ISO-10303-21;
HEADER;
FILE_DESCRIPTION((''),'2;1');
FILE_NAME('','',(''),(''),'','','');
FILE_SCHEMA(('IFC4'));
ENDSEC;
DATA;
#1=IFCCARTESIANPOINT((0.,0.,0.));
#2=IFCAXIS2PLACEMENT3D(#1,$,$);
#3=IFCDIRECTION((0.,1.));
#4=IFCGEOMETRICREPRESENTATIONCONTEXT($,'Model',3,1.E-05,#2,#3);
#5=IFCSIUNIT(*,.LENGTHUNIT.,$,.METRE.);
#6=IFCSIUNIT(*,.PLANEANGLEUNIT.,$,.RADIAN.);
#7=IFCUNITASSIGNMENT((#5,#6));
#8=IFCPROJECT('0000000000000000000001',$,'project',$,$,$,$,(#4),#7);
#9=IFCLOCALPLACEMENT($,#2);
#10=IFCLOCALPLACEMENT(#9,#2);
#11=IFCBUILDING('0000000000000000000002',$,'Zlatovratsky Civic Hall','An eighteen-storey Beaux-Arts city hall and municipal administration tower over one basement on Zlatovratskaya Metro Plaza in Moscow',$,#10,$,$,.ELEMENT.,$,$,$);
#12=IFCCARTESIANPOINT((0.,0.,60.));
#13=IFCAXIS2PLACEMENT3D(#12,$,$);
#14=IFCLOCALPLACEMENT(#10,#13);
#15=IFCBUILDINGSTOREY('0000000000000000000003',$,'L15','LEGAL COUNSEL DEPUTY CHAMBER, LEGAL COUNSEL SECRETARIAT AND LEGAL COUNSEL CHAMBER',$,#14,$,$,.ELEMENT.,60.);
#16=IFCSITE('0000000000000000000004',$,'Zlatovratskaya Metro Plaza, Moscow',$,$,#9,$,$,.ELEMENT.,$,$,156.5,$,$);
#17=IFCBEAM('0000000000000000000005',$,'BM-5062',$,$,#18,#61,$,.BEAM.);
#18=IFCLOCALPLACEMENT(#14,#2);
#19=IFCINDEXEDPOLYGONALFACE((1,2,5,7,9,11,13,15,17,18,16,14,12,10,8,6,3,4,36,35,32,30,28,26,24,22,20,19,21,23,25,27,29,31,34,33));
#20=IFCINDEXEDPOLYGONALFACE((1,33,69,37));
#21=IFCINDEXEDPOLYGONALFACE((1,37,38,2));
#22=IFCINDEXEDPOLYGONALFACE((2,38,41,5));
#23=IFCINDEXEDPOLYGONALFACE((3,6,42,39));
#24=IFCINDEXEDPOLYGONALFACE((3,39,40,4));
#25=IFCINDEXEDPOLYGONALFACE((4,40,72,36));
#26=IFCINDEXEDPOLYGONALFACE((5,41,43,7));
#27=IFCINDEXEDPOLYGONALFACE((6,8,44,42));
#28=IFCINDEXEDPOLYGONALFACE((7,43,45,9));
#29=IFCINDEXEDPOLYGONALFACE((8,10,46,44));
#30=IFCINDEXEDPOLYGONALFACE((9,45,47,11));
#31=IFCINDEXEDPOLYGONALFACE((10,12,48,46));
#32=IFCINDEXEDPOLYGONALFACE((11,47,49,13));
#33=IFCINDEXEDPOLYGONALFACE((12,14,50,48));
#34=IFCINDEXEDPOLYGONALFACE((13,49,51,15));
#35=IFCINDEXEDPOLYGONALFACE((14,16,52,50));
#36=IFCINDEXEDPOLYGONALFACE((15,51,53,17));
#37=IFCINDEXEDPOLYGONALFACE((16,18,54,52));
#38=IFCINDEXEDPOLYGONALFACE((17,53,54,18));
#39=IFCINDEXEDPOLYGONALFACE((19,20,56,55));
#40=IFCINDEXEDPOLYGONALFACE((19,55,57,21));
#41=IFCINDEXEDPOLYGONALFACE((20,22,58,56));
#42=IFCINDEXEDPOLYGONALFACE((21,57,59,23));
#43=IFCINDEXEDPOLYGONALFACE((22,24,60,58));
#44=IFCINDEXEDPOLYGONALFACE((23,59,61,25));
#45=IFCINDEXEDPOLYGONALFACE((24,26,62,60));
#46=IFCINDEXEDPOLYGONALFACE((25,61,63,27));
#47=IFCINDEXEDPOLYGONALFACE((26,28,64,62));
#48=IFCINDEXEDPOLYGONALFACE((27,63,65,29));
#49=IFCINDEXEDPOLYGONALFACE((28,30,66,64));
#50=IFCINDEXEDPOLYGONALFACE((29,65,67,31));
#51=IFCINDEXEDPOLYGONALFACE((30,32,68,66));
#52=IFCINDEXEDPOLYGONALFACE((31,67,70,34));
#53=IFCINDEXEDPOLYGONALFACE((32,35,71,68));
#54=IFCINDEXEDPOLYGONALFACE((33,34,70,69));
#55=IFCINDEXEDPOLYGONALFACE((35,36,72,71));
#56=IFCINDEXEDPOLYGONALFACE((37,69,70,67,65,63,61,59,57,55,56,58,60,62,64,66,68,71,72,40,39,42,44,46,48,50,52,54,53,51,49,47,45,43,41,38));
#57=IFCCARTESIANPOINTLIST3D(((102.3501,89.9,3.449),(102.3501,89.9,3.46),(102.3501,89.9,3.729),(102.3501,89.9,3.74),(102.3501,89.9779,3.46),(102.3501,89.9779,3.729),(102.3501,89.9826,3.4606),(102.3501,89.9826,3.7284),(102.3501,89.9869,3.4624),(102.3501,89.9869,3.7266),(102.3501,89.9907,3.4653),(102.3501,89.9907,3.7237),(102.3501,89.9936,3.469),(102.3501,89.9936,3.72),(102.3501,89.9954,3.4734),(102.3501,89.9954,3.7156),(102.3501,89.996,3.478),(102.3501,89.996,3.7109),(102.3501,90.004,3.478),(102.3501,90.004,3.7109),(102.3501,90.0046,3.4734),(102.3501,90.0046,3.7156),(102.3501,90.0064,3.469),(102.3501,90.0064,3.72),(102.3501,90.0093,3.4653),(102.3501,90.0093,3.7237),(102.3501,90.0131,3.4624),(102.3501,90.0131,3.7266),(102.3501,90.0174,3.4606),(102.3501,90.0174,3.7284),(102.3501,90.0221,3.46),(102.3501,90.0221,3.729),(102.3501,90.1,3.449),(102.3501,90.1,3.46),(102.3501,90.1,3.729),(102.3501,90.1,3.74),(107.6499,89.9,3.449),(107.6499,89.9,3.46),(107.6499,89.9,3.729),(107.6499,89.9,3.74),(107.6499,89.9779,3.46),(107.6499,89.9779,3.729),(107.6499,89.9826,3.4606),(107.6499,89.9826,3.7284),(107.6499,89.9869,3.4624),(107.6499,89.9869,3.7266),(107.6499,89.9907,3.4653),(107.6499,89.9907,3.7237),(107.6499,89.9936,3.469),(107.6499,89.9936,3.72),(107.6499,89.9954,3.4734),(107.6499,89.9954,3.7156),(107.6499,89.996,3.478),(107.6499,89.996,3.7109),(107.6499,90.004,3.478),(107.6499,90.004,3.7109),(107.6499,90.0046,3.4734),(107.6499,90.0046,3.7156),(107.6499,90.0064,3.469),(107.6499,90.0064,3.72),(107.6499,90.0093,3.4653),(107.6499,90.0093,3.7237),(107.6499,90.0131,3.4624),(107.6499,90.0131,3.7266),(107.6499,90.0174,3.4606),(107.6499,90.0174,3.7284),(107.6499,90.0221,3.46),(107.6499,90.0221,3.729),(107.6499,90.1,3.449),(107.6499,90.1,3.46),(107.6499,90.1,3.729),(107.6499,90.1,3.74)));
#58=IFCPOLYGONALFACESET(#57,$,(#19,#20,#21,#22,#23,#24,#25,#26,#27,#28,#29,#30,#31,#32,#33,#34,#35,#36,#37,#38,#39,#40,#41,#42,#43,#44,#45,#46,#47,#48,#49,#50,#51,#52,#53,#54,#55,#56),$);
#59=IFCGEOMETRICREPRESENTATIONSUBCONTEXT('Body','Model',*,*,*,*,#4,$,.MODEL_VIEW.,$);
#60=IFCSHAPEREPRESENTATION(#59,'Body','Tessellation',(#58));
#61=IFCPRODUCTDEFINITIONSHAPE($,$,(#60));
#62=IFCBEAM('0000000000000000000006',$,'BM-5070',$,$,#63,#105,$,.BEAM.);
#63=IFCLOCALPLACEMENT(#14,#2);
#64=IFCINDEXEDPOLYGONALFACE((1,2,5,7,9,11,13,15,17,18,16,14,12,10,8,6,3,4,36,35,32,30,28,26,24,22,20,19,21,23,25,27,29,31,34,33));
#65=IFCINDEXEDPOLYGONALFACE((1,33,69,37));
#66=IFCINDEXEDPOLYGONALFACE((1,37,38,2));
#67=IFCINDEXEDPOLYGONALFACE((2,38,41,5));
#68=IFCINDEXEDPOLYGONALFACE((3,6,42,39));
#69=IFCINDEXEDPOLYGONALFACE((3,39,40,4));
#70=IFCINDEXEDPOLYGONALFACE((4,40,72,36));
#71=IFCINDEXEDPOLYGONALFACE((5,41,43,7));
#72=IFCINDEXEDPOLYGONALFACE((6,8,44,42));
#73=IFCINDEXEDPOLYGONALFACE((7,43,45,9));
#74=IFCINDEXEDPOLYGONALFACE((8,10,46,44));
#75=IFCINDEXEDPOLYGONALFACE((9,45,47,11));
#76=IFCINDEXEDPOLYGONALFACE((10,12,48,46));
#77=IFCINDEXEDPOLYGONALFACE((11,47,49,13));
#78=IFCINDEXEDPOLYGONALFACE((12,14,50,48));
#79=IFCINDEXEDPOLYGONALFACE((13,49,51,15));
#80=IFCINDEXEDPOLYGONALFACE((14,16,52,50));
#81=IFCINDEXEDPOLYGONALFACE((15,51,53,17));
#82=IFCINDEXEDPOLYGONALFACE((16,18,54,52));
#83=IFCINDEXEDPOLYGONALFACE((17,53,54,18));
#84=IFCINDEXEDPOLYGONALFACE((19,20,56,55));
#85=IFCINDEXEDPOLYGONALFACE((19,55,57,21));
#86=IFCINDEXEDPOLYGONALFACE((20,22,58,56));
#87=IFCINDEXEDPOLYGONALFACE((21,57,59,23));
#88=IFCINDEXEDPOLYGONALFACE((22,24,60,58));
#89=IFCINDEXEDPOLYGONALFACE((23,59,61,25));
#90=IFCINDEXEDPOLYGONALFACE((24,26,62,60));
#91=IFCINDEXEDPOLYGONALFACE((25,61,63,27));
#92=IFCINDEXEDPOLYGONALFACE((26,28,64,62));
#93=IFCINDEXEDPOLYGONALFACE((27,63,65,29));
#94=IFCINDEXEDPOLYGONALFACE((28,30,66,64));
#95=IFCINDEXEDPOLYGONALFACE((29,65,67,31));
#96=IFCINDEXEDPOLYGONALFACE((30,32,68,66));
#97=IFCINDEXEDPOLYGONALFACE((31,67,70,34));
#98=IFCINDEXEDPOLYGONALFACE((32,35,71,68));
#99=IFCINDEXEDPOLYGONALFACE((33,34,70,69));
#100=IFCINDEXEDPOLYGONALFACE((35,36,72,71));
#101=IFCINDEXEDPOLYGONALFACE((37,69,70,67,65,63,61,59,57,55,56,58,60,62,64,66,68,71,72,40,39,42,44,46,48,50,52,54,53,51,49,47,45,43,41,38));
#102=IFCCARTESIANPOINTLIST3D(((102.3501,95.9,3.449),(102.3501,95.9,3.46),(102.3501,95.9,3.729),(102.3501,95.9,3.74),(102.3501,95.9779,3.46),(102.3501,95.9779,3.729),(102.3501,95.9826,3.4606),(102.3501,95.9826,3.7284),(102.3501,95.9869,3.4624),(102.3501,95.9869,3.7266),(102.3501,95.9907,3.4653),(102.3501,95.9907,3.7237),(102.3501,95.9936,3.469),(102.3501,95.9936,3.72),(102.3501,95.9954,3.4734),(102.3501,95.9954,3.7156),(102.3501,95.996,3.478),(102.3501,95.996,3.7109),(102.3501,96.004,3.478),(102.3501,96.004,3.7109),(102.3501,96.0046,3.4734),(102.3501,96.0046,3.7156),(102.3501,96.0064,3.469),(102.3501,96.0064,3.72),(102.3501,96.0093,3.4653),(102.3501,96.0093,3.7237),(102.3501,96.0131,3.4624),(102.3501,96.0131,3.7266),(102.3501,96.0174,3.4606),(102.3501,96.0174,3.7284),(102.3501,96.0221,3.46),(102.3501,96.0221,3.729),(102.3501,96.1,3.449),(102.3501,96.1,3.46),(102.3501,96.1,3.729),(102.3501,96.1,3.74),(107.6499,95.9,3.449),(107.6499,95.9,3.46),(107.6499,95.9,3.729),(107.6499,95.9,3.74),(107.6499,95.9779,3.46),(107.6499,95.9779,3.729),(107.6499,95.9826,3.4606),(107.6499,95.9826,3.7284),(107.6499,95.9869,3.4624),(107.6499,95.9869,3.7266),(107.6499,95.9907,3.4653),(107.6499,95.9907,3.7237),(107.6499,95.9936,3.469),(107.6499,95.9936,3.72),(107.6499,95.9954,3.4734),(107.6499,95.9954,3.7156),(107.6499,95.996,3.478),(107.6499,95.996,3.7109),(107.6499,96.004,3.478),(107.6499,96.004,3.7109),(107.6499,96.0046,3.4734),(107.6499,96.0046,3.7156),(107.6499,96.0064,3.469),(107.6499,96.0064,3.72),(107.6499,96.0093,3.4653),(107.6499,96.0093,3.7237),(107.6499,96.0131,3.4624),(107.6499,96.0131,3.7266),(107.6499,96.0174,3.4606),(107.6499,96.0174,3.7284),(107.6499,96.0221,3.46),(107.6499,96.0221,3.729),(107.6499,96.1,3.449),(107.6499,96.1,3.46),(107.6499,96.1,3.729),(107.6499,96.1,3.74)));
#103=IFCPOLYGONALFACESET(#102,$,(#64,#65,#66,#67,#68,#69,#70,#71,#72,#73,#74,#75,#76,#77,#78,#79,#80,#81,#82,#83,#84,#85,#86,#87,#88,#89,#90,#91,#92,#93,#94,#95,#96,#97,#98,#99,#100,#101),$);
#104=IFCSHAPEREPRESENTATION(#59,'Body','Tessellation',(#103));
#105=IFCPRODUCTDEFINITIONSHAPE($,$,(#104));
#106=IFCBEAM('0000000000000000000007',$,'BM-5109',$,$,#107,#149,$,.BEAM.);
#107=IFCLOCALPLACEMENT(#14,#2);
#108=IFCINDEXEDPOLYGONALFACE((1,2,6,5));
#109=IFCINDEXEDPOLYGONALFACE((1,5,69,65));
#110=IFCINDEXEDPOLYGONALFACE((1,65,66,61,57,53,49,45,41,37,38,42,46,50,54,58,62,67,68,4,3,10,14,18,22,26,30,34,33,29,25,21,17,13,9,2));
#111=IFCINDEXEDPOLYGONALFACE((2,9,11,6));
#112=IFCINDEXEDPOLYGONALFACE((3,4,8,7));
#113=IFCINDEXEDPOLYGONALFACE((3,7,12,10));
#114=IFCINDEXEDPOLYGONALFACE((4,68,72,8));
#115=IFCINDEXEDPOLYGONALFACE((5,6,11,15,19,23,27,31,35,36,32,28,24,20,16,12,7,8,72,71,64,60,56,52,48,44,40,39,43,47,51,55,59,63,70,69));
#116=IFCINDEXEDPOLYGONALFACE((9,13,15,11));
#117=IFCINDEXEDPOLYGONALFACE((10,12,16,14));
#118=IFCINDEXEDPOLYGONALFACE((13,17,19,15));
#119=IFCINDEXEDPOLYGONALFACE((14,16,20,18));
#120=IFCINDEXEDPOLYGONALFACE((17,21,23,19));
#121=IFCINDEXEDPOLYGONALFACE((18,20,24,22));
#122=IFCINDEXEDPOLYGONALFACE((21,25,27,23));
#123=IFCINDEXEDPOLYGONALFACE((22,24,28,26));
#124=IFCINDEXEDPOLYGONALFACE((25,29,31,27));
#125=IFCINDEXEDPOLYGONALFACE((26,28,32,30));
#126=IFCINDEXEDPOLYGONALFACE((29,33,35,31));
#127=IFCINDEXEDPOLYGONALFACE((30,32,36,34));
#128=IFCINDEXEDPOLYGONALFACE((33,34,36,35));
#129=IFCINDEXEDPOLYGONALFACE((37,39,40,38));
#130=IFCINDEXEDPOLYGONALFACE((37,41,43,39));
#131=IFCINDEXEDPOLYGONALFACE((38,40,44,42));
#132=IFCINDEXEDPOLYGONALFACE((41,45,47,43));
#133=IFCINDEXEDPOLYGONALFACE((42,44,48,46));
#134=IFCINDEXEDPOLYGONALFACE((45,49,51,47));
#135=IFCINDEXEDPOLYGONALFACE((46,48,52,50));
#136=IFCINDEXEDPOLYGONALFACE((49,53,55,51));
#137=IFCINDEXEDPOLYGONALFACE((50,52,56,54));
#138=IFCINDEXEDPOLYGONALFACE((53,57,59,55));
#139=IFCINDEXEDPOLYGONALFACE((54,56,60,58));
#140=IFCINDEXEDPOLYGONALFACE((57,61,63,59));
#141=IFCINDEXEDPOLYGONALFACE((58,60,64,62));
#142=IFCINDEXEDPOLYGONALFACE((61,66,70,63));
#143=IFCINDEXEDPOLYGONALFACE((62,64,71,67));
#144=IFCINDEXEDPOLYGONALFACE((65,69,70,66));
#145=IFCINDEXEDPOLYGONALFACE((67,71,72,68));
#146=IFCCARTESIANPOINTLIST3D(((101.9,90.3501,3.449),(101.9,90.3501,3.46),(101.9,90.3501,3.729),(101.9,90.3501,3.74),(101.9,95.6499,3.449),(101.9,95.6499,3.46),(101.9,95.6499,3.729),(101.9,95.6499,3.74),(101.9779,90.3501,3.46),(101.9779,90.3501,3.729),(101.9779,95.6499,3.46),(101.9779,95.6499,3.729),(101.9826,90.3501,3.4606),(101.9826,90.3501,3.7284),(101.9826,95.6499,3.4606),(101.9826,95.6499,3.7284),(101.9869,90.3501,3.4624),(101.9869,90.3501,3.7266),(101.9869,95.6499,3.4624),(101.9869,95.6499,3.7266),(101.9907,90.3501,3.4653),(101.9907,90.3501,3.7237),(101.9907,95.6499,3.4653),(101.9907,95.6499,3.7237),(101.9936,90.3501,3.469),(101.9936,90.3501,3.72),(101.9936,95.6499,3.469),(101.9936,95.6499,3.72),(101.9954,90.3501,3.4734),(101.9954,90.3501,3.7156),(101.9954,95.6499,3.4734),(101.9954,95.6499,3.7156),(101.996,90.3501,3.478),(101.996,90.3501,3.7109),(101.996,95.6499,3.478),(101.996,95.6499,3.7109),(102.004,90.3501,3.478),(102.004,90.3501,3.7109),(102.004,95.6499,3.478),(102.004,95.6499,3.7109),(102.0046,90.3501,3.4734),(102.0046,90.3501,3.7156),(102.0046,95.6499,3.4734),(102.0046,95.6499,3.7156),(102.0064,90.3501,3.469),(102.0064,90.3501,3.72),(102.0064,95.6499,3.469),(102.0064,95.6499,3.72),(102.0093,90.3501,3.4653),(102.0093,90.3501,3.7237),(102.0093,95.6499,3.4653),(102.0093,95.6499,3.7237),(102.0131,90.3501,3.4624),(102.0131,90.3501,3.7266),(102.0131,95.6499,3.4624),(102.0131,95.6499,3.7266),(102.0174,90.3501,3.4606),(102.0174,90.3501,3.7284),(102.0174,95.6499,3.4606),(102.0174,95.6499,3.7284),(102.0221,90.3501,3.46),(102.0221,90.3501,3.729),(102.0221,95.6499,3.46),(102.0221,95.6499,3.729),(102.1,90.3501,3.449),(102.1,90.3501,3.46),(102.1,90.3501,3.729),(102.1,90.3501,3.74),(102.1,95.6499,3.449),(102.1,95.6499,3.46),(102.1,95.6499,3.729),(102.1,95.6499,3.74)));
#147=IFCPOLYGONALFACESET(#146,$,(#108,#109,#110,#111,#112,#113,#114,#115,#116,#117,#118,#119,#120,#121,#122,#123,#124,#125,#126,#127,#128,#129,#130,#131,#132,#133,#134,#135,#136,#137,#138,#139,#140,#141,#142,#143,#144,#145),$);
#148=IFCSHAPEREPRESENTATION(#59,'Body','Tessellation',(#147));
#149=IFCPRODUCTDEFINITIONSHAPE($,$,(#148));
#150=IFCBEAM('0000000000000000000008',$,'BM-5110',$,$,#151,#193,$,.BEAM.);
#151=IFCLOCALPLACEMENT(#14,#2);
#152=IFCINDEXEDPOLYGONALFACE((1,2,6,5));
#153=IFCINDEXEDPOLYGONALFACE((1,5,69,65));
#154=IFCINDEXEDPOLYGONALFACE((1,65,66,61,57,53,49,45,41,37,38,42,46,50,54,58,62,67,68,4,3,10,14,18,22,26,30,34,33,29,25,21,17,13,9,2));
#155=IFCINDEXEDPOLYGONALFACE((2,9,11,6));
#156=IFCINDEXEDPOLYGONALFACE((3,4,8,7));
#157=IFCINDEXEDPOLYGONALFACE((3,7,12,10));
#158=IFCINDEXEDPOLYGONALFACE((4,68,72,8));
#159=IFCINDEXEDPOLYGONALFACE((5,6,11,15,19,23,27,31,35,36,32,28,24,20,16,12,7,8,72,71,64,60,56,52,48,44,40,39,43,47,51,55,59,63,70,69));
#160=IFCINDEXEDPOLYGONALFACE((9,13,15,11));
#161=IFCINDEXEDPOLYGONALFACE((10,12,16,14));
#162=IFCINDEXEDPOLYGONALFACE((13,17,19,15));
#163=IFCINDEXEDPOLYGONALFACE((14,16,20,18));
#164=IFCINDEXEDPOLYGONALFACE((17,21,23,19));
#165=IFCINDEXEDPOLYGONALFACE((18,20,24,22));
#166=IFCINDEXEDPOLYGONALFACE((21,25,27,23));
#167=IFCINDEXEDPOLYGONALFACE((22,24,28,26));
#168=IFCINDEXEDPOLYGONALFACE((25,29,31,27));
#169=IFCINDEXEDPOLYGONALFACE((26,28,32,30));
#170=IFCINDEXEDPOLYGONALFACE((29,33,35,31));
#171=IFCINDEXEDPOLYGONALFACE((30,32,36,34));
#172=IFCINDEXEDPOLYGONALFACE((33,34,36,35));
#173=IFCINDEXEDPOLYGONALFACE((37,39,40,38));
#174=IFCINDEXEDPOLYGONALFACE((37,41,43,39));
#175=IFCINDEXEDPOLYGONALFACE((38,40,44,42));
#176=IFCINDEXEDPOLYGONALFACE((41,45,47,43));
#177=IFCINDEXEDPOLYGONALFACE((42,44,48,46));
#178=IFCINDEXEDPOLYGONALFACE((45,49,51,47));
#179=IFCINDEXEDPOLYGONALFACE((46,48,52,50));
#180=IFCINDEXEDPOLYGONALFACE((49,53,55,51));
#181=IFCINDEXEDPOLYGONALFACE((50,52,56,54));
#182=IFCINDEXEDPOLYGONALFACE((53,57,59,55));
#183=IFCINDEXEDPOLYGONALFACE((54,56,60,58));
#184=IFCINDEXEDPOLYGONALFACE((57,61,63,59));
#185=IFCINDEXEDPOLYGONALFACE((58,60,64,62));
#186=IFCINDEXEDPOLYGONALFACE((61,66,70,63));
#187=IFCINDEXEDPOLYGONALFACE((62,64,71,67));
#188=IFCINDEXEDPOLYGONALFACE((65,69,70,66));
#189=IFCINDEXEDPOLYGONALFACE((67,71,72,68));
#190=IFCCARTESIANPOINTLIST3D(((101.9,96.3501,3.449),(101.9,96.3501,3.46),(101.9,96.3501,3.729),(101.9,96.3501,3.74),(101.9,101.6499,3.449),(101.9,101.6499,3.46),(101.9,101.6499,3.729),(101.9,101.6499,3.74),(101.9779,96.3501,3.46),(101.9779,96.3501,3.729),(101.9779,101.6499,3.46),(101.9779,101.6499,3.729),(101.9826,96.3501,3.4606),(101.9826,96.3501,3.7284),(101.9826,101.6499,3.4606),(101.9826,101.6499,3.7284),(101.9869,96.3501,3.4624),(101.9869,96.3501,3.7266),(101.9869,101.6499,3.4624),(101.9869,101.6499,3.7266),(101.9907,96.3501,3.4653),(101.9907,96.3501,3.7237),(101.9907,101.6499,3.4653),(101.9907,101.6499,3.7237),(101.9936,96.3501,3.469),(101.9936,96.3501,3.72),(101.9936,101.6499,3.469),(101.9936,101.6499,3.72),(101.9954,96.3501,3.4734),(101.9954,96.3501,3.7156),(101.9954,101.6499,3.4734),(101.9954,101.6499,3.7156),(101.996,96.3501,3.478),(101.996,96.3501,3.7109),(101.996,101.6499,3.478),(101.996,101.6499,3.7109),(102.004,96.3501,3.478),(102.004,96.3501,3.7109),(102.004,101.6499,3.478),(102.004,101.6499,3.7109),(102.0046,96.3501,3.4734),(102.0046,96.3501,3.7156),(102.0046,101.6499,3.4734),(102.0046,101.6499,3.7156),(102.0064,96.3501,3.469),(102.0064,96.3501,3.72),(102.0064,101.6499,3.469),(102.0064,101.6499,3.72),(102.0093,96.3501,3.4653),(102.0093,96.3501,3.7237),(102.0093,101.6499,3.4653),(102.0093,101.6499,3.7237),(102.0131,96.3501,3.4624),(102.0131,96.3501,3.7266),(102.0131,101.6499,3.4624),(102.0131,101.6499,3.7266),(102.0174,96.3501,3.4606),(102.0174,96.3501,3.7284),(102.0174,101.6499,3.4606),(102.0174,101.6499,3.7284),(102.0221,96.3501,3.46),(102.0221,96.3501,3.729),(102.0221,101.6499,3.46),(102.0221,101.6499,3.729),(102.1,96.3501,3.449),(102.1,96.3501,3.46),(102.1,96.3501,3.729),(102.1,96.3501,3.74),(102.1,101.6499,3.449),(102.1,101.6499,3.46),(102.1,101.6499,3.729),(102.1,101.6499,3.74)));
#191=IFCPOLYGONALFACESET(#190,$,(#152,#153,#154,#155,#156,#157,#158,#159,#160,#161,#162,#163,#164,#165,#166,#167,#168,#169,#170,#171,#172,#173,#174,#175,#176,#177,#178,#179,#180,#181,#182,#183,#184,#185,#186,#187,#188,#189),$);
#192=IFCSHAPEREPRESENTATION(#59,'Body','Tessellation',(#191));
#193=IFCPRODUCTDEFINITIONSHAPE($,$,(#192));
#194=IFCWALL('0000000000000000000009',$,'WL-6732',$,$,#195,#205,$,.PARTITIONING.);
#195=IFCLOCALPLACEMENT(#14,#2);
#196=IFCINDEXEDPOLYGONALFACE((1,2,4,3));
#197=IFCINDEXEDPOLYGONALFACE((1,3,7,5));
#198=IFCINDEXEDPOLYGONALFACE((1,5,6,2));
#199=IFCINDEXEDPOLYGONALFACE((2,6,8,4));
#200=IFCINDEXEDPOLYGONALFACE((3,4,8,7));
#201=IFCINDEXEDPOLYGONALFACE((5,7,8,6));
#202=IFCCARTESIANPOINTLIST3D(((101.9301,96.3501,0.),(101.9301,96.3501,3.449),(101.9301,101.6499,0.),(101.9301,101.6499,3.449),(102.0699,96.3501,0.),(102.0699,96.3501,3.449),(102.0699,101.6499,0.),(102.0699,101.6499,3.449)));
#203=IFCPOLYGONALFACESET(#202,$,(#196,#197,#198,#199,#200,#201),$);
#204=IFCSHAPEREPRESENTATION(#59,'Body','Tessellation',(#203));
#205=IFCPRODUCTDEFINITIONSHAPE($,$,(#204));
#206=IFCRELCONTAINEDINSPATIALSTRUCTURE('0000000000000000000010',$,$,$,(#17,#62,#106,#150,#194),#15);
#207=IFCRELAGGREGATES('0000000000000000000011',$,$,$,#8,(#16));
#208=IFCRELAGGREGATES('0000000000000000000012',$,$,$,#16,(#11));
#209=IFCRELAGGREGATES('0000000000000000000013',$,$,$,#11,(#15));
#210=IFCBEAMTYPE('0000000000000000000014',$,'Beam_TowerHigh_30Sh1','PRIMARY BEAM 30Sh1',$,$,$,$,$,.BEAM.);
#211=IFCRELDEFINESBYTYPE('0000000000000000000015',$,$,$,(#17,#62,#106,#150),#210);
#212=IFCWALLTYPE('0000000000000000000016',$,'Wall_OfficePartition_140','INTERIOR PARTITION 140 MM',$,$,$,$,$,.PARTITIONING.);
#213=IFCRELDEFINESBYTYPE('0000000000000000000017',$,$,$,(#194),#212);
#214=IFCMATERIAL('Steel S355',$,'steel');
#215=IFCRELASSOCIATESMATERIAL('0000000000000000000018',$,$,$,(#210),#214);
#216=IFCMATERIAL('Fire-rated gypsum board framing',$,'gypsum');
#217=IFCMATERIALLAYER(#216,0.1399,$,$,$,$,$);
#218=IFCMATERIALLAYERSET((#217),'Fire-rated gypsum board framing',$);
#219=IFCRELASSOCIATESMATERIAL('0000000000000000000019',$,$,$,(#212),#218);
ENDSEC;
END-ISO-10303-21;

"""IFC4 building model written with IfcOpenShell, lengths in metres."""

from ifc_helpers import new_model, si_unit, direction, frame, frame_2d, origin, origin_2d, place, context, subcontext, project, spatial, rectangle, i_section, extrude, material, layer, layer_set, material_profile, profile_set, type_object, element, save


model = new_model("IFC4")

# Units and contexts
model_context = context("Model", 3, precision=1e-05, world=origin(), true_north=direction((0.0, 1.0)))
body_context = subcontext(model_context, "Body", "Model", "MODEL_VIEW")
ifc_project = project(units=[si_unit("LENGTHUNIT", "METRE"), si_unit("PLANEANGLEUNIT", "RADIAN")], contexts=[model_context])

# Site, building, storey
site_placement = place(None, origin())
site = spatial("IfcSite", under=ifc_project, at=site_placement, Name="Zlatovratskaya Metro Plaza, Moscow", CompositionType="ELEMENT", RefElevation=156.5)
building_placement = place(site_placement, origin())
building = spatial("IfcBuilding", under=site, at=building_placement, Name="Zlatovratsky Civic Hall", Description="An eighteen-storey Beaux-Arts city hall and municipal administration tower over one basement on Zlatovratskaya Metro Plaza in Moscow", CompositionType="ELEMENT")
storey_placement = place(building_placement, frame((0.0, 0.0, 60.0)))
storey = spatial("IfcBuildingStorey", under=building, at=storey_placement, Name="L15", Description="LEGAL COUNSEL DEPUTY CHAMBER, LEGAL COUNSEL SECRETARIAT AND LEGAL COUNSEL CHAMBER", CompositionType="ELEMENT", Elevation=60.0)

# Beams
ifc_material_1 = material(Name="Steel S355", Category="steel")
ifc_material_profile_1 = material_profile(ifc_material_1, i_section(OverallWidth=0.2, OverallDepth=0.291, WebThickness=0.0081, FlangeThickness=0.011, FilletRadius=0.0181, at=origin_2d()), Name="30Sh1")
ifc_profile_set_1 = profile_set([ifc_material_profile_1], Name="Steel S355")
beam_type_1 = type_object("IfcBeamType", Name="Beam_TowerHigh_30Sh1", Description="PRIMARY BEAM 30Sh1", PredefinedType="BEAM", material=ifc_profile_set_1)
for number, where, z_axis, x_axis, name in (
    (1, (102.3501, 90.0, 3.5945), (1.0, 0.0, 0.0), (0.0, 1.0, 0.0), "BM-5062"),
    (2, (102.3501, 96.0, 3.5945), (1.0, 0.0, 0.0), (0.0, 1.0, 0.0), "BM-5070"),
    (3, (102.0, 90.3501, 3.5945), (0.0, 1.0, 0.0), (-1.0, 0.0, 0.0), "BM-5109"),
    (4, (102.0, 96.3501, 3.5945), (0.0, 1.0, 0.0), (-1.0, 0.0, 0.0), "BM-5110"),
):
    element("IfcBeam", number, at=place(storey_placement, frame(where, z_axis=z_axis, x_axis=x_axis)), inside=storey, type_object=beam_type_1, Name=name, PredefinedType="BEAM", context=body_context, shape_type="SweptSolid", body=[
        extrude(i_section(OverallWidth=0.2, OverallDepth=0.291, WebThickness=0.0081, FlangeThickness=0.011, FilletRadius=0.0181, at=origin_2d()), origin(), (0.0, 0.0, 1.0), 5.2998),
    ])

# Wall
ifc_material_2 = material(Name="Fire-rated gypsum board framing", Category="gypsum")
ifc_layer_1 = layer(ifc_material_2, 0.1399)
ifc_layer_set_1 = layer_set([ifc_layer_1], Name="Fire-rated gypsum board framing")
wall_type_1 = type_object("IfcWallType", Name="Wall_OfficePartition_140", Description="INTERIOR PARTITION 140 MM", PredefinedType="PARTITIONING", material=ifc_layer_set_1)
wall_1_placement = place(storey_placement, frame((102.0, 96.3501, 0.0), z_axis=(0.0, 0.0, 1.0), x_axis=(0.0, 1.0, 0.0)))
element("IfcWall", 5, at=wall_1_placement, inside=storey, type_object=wall_type_1, Name="WL-6732", PredefinedType="PARTITIONING", context=body_context, shape_type="SweptSolid", body=[
    extrude(rectangle(XDim=5.2998, YDim=0.1399, at=frame_2d((2.6499, 0.0))), origin(), (0.0, 0.0, 1.0), 3.449),
])

save(model, "model.ifc")
